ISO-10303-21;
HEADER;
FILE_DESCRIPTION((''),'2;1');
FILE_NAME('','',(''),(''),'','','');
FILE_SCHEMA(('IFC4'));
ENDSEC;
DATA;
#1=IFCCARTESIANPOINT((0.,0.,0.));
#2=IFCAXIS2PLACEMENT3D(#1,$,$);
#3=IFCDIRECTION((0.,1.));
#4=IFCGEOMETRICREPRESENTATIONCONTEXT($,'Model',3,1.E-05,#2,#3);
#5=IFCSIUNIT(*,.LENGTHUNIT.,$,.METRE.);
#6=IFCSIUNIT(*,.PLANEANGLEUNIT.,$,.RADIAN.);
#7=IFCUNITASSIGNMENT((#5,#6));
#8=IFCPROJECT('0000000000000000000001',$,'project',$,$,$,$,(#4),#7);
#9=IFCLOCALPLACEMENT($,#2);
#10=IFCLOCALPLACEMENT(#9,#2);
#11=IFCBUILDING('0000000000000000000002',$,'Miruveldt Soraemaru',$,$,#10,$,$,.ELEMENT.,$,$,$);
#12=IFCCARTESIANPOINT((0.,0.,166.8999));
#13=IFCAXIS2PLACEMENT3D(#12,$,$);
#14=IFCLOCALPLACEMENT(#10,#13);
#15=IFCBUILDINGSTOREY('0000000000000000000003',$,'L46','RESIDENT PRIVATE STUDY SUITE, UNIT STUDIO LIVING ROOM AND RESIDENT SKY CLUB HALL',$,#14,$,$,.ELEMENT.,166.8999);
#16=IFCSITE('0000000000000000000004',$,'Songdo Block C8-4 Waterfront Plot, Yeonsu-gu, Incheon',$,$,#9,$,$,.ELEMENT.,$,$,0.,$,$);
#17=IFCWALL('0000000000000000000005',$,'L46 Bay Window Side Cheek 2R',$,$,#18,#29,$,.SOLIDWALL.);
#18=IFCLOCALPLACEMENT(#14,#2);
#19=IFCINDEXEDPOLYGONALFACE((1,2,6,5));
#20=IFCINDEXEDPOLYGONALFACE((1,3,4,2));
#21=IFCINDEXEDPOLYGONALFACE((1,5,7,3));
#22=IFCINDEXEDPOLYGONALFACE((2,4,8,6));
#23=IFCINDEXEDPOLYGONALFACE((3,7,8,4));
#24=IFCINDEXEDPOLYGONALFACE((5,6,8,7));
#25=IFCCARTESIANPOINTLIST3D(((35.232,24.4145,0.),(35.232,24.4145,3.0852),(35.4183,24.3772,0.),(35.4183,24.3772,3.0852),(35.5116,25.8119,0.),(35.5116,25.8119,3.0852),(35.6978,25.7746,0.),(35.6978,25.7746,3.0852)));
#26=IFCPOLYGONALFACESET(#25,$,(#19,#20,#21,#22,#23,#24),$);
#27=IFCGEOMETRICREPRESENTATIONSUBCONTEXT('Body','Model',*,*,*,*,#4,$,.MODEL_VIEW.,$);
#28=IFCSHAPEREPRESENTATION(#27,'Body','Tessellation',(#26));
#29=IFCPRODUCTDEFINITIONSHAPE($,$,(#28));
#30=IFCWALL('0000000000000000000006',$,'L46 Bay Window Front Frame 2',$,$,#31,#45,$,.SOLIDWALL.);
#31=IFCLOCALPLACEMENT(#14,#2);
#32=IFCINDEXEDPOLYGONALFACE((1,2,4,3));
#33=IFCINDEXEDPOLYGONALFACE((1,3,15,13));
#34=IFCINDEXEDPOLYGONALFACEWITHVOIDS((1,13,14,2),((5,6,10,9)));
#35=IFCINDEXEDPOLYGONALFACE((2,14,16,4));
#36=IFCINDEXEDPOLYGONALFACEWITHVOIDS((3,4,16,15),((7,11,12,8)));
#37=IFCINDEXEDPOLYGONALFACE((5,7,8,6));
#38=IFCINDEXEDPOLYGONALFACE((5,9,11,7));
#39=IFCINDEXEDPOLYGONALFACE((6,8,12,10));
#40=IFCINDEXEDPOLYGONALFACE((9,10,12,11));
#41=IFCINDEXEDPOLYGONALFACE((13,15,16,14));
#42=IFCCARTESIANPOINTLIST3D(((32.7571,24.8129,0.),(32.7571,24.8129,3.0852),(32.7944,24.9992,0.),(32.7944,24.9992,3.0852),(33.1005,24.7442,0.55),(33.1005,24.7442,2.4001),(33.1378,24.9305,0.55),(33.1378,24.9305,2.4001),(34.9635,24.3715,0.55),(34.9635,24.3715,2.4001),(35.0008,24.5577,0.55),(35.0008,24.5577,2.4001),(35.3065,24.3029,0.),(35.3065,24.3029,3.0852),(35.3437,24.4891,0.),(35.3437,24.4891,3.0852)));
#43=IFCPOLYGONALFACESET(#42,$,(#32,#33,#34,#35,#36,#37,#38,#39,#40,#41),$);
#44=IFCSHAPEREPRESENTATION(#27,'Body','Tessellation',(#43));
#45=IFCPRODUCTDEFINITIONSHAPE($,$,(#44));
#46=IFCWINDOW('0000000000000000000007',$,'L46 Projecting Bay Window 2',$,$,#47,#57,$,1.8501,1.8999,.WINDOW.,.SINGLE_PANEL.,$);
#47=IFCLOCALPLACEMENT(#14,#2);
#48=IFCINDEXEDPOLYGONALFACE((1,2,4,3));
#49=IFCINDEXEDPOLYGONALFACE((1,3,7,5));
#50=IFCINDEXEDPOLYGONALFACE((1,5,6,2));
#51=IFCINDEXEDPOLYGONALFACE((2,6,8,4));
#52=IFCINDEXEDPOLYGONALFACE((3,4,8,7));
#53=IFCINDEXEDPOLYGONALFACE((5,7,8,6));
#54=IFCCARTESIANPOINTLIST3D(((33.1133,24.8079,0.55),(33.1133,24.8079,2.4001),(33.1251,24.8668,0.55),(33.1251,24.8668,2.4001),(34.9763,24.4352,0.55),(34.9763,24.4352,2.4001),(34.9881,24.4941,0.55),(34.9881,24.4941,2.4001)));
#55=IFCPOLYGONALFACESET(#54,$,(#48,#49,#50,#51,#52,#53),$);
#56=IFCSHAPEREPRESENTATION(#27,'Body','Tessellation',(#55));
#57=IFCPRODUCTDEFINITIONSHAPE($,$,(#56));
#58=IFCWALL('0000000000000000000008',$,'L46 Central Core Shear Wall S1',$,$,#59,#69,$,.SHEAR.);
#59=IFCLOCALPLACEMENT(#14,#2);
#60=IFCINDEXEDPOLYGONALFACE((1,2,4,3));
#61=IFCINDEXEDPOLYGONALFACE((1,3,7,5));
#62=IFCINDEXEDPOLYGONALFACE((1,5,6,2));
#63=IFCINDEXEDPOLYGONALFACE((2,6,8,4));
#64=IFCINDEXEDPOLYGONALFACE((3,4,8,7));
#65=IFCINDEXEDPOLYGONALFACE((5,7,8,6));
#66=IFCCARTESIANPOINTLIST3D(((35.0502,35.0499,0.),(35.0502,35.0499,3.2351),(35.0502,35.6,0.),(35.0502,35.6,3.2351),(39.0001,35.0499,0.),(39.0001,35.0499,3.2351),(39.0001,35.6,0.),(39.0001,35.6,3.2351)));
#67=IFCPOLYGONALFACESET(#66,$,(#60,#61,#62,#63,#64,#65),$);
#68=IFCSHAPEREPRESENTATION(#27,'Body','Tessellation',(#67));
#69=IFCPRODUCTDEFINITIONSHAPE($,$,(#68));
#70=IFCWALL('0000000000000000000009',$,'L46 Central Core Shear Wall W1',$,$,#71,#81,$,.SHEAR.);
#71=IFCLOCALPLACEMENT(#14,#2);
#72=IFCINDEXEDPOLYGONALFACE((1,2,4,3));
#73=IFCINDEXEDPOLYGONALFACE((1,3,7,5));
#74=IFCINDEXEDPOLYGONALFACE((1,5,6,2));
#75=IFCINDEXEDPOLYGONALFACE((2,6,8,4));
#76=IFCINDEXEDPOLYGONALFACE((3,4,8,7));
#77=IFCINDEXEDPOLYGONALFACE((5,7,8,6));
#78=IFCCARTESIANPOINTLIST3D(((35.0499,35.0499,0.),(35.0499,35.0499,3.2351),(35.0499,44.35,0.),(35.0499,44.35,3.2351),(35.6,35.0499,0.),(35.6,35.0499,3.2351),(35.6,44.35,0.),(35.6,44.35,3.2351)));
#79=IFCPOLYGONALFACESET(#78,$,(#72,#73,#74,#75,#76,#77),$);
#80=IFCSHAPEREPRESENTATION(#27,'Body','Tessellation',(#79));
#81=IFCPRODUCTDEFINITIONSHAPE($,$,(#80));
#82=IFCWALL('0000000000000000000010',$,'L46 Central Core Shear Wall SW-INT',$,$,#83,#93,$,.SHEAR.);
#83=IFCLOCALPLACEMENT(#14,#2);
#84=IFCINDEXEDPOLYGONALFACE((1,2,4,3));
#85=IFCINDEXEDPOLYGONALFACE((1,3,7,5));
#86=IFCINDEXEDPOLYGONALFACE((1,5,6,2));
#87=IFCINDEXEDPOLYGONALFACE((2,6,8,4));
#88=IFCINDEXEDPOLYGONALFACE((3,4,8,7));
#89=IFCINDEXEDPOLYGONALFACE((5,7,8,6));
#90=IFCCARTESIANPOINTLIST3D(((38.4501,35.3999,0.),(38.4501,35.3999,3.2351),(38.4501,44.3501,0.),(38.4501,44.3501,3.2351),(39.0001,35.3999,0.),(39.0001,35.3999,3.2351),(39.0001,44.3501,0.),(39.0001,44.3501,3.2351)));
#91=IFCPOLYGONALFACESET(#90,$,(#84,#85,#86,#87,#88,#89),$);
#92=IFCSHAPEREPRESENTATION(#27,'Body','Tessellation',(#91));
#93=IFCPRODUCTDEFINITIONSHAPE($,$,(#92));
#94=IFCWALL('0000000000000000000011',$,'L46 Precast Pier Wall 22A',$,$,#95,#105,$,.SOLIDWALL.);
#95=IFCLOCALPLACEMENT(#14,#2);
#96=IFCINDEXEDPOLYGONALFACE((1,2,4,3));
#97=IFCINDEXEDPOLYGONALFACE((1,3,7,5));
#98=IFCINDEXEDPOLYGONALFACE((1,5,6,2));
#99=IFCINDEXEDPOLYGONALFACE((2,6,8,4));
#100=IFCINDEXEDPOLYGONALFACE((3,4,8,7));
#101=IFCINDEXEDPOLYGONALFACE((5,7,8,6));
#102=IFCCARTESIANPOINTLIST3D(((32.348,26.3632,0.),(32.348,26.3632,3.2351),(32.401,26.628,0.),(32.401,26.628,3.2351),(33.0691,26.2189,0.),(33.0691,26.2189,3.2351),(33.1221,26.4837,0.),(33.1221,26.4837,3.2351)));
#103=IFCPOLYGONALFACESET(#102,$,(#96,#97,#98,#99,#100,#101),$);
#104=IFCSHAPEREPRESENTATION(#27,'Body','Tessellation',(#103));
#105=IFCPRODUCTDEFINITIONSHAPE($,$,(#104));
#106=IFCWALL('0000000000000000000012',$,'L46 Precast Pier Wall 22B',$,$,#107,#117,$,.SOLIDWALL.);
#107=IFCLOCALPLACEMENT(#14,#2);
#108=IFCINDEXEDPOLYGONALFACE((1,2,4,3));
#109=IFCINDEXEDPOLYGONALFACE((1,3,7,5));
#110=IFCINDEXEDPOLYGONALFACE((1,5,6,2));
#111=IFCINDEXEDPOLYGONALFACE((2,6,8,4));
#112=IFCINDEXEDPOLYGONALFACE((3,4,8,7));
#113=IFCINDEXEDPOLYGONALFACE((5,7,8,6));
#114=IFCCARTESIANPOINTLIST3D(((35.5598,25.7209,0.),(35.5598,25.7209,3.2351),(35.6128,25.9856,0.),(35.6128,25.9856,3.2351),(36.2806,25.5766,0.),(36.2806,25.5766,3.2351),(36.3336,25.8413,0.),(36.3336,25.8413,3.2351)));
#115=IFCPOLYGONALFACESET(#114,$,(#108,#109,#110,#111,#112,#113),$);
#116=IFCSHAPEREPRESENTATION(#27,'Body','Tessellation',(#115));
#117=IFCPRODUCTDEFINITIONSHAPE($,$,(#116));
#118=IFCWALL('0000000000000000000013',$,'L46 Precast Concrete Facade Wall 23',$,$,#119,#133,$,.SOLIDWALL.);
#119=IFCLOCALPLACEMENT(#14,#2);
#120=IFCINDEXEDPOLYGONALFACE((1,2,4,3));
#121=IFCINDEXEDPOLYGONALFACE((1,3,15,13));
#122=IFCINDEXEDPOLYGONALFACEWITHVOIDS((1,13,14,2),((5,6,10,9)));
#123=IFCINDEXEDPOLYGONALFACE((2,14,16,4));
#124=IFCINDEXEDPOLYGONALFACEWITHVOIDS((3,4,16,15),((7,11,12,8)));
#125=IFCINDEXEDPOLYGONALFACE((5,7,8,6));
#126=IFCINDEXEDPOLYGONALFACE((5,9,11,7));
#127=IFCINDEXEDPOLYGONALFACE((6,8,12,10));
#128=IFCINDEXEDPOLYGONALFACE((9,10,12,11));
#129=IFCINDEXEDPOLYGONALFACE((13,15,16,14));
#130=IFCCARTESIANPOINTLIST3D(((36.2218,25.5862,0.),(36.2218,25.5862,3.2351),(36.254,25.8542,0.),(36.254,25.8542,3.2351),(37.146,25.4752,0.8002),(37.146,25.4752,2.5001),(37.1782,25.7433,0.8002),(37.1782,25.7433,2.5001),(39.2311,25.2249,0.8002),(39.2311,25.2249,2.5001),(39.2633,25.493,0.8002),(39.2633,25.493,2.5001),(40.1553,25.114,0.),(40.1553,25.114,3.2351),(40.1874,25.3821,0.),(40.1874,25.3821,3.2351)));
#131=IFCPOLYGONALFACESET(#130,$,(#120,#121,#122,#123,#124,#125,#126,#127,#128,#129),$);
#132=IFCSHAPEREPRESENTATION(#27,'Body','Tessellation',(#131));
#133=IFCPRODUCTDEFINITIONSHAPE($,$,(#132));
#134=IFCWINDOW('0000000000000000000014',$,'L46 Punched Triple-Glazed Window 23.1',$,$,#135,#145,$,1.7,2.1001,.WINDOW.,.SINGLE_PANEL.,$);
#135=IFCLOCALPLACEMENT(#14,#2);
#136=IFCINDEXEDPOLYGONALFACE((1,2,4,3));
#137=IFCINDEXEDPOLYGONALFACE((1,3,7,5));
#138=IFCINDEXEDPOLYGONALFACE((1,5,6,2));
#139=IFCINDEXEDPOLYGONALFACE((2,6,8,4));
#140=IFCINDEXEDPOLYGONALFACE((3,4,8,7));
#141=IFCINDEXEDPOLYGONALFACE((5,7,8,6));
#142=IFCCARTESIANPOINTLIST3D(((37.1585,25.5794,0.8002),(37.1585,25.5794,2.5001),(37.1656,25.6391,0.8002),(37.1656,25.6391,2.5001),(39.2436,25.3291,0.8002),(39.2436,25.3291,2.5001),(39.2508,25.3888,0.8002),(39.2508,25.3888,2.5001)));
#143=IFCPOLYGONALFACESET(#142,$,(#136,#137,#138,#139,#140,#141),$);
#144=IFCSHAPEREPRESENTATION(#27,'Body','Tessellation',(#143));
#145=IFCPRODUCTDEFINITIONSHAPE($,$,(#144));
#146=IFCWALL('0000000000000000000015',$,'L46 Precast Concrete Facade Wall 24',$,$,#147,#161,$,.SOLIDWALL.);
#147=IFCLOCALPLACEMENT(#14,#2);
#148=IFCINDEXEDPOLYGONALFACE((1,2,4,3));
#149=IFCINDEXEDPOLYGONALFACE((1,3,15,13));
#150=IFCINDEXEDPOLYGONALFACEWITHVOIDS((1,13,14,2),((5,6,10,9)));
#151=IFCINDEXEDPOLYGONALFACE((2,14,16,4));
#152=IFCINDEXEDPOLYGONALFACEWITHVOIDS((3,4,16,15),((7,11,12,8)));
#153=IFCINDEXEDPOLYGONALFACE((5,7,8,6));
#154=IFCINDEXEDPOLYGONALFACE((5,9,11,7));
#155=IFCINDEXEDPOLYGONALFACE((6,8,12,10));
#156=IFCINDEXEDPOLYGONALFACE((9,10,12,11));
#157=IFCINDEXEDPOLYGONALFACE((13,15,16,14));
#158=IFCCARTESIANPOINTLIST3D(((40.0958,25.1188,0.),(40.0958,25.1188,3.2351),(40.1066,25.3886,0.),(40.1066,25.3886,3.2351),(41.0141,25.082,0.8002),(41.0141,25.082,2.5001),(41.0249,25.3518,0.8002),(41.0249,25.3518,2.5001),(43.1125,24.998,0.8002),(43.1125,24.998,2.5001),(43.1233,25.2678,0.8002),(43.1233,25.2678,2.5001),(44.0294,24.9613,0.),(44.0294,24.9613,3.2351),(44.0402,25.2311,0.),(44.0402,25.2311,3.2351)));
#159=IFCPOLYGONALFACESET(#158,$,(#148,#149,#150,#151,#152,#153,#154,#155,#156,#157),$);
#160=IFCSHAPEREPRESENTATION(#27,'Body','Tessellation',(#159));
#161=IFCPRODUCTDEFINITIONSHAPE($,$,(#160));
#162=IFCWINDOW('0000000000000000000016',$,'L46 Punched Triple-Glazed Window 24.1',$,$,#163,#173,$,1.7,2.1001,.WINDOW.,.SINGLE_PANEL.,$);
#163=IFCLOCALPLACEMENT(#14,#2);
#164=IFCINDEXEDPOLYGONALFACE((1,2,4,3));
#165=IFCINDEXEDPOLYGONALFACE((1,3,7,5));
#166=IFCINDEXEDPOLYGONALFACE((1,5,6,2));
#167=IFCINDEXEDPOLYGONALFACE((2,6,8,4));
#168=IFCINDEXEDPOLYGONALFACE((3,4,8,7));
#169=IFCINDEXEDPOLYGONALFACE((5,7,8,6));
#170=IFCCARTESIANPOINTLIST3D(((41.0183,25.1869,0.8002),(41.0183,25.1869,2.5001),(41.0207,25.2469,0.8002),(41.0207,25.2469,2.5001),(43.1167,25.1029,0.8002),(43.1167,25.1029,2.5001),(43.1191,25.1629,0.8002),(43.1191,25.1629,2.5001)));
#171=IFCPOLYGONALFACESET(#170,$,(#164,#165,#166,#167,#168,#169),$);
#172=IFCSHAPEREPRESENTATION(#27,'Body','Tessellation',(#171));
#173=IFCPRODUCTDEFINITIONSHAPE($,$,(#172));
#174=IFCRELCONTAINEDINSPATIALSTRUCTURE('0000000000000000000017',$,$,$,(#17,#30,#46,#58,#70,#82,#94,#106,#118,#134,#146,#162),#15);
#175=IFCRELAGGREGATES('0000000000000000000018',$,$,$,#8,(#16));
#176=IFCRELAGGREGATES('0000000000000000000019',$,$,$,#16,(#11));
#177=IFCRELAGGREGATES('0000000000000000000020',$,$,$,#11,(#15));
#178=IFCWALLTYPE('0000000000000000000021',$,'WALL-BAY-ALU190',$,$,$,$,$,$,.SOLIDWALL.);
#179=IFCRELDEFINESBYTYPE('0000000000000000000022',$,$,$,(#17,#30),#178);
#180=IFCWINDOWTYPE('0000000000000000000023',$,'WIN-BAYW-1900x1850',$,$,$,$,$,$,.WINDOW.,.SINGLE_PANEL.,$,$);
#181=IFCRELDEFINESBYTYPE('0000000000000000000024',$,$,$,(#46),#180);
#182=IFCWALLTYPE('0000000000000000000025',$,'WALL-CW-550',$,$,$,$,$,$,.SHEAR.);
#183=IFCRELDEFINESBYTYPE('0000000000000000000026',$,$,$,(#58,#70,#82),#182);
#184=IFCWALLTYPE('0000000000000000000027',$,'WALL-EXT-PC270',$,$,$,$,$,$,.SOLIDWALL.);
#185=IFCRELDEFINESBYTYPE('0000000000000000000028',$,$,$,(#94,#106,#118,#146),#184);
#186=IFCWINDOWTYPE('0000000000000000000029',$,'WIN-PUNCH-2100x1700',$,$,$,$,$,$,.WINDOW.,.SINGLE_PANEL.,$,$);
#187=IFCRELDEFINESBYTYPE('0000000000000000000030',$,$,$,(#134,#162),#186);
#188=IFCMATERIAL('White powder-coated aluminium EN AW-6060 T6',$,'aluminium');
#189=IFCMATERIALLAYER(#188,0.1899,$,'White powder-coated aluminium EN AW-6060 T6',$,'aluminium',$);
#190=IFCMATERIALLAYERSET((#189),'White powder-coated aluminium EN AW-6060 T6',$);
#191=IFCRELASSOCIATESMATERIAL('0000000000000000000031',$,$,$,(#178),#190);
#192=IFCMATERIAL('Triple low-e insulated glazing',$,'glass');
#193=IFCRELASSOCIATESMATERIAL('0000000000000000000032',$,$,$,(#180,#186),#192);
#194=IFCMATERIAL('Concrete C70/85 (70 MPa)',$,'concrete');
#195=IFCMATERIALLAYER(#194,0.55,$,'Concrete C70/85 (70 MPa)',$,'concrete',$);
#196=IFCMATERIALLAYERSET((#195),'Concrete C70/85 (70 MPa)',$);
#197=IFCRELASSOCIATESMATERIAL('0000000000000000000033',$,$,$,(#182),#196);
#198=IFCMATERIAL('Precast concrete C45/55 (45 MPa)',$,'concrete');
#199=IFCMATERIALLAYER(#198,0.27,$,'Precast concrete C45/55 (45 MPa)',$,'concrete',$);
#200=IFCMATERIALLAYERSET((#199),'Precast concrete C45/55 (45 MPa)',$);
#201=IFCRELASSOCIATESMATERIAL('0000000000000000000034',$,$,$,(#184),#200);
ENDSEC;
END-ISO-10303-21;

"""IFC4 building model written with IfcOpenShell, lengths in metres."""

from ifc_helpers import new_model, si_unit, direction, frame, frame_2d, origin, place, context, subcontext, project, spatial, rectangle, extrude, material, layer, layer_set, type_object, element, fill, save


model = new_model("IFC4")

# Units and contexts
model_context = context("Model", 3, precision=1e-05, world=origin(), true_north=direction((0.0, 1.0)))
body_context = subcontext(model_context, "Body", "Model", "MODEL_VIEW")
ifc_project = project(units=[si_unit("LENGTHUNIT", "METRE"), si_unit("PLANEANGLEUNIT", "RADIAN")], contexts=[model_context])

# Site, building, storey
site_placement = place(None, origin())
site = spatial("IfcSite", under=ifc_project, at=site_placement, Name="Songdo Block C8-4 Waterfront Plot, Yeonsu-gu, Incheon", CompositionType="ELEMENT", RefElevation=0.0)
building_placement = place(site_placement, origin())
building = spatial("IfcBuilding", under=site, at=building_placement, Name="Miruveldt Soraemaru", CompositionType="ELEMENT")
storey_placement = place(building_placement, frame((0.0, 0.0, 166.8999)))
storey = spatial("IfcBuildingStorey", under=building, at=storey_placement, Name="L46", Description="RESIDENT PRIVATE STUDY SUITE, UNIT STUDIO LIVING ROOM AND RESIDENT SKY CLUB HALL", CompositionType="ELEMENT", Elevation=166.8999)

# Wall
ifc_material_1 = material(Name="White powder-coated aluminium EN AW-6060 T6", Category="aluminium")
ifc_layer_1 = layer(ifc_material_1, 0.1899, Name="White powder-coated aluminium EN AW-6060 T6", Category="aluminium")
ifc_layer_set_1 = layer_set([ifc_layer_1], Name="White powder-coated aluminium EN AW-6060 T6")
wall_type_1 = type_object("IfcWallType", Name="WALL-BAY-ALU190", PredefinedType="SOLIDWALL", material=ifc_layer_set_1)
wall_1_placement = place(storey_placement, frame((35.3252, 24.396, 0.0), z_axis=(0.0, 0.0, 1.0), x_axis=(0.196149, 0.980574, 0.0)))
element("IfcWall", 1, at=wall_1_placement, inside=storey, type_object=wall_type_1, Name="L46 Bay Window Side Cheek 2R", PredefinedType="SOLIDWALL", context=body_context, shape_type="SweptSolid", body=[
    extrude(rectangle(XDim=1.425, YDim=0.1899, at=frame_2d((0.7124, 0.0))), origin(), (0.0, 0.0, 1.0), 3.0852),
])

# Wall, opening, window
wall_2_placement = place(storey_placement, frame((32.7759, 24.906, 0.0), z_axis=(0.0, 0.0, 1.0), x_axis=(0.98057, -0.19617, 0.0)))
wall_2 = element("IfcWall", 2, at=wall_2_placement, inside=storey, type_object=wall_type_1, Name="L46 Bay Window Front Frame 2", PredefinedType="SOLIDWALL", context=body_context, shape_type="SweptSolid", body=[
    extrude(rectangle(XDim=2.5999, YDim=0.1899, at=frame_2d((1.2998, 0.0))), origin(), (0.0, 0.0, 1.0), 3.0852),
])
opening_1_placement = place(wall_2_placement, frame((0.3501, 0.0, 0.55)))
opening_1 = element("IfcOpeningElement", 3, at=opening_1_placement, cuts=wall_2, PredefinedType="OPENING", context=body_context, shape_type="SweptSolid", body=[
    extrude(rectangle(XDim=1.8999, YDim=1.8501, at=frame_2d((0.95, 0.925))), frame((0.0, 0.105, 0.0), z_axis=(0.0, -1.0, 0.0), x_axis=(1.0, 0.0, 0.0)), (0.0, 0.0, 1.0), 0.21),
])
ifc_material_2 = material(Name="Triple low-e insulated glazing", Category="glass")
window_type_1 = type_object("IfcWindowType", Name="WIN-BAYW-1900x1850", PartitioningType="SINGLE_PANEL", PredefinedType="WINDOW", material=ifc_material_2)
window_1_placement = place(opening_1_placement, origin())
window_1 = element("IfcWindow", 4, at=window_1_placement, inside=storey, type_object=window_type_1, Name="L46 Projecting Bay Window 2", OverallHeight=1.8501, OverallWidth=1.8999, PartitioningType="SINGLE_PANEL", PredefinedType="WINDOW", context=body_context, shape_type="SweptSolid", body=[
    extrude(rectangle(XDim=1.8999, YDim=1.8501, at=frame_2d((0.95, 0.925))), frame((0.0, 0.03, 0.0), z_axis=(0.0, -1.0, 0.0), x_axis=(1.0, 0.0, 0.0)), (0.0, 0.0, 1.0), 0.0601),
])
fill(opening_1, window_1)

# Walls
ifc_material_3 = material(Name="Concrete C70/85 (70 MPa)", Category="concrete")
ifc_layer_2 = layer(ifc_material_3, 0.55, Name="Concrete C70/85 (70 MPa)", Category="concrete")
ifc_layer_set_2 = layer_set([ifc_layer_2], Name="Concrete C70/85 (70 MPa)")
wall_type_2 = type_object("IfcWallType", Name="WALL-CW-550", PredefinedType="SHEAR", material=ifc_layer_set_2)
wall_3_placement = place(storey_placement, frame((35.05, 35.325, 0.0), z_axis=(0.0, 0.0, 1.0), x_axis=(1.0, 0.0, 0.0)))
element("IfcWall", 5, at=wall_3_placement, inside=storey, type_object=wall_type_2, Name="L46 Central Core Shear Wall S1", PredefinedType="SHEAR", context=body_context, shape_type="SweptSolid", body=[
    extrude(rectangle(XDim=3.95, YDim=0.55, at=frame_2d((1.9751, 0.0))), origin(), (0.0, 0.0, 1.0), 3.2351),
])
wall_4_placement = place(storey_placement, frame((35.325, 35.05, 0.0), z_axis=(0.0, 0.0, 1.0), x_axis=(0.0, 1.0, 0.0)))
element("IfcWall", 6, at=wall_4_placement, inside=storey, type_object=wall_type_2, Name="L46 Central Core Shear Wall W1", PredefinedType="SHEAR", context=body_context, shape_type="SweptSolid", body=[
    extrude(rectangle(XDim=9.3, YDim=0.55, at=frame_2d((4.6499, 0.0))), origin(), (0.0, 0.0, 1.0), 3.2351),
])
wall_5_placement = place(storey_placement, frame((38.7251, 35.3999, 0.0), z_axis=(0.0, 0.0, 1.0), x_axis=(0.0, 1.0, 0.0)))
element("IfcWall", 7, at=wall_5_placement, inside=storey, type_object=wall_type_2, Name="L46 Central Core Shear Wall SW-INT", PredefinedType="SHEAR", context=body_context, shape_type="SweptSolid", body=[
    extrude(rectangle(XDim=8.9502, YDim=0.55, at=frame_2d((4.4751, 0.0))), origin(), (0.0, 0.0, 1.0), 3.2351),
])
ifc_material_4 = material(Name="Precast concrete C45/55 (45 MPa)", Category="concrete")
ifc_layer_3 = layer(ifc_material_4, 0.27, Name="Precast concrete C45/55 (45 MPa)", Category="concrete")
ifc_layer_set_3 = layer_set([ifc_layer_3], Name="Precast concrete C45/55 (45 MPa)")
wall_type_3 = type_object("IfcWallType", Name="WALL-EXT-PC270", PredefinedType="SOLIDWALL", material=ifc_layer_set_3)
wall_6_placement = place(storey_placement, frame((32.3745, 26.4956, 0.0), z_axis=(0.0, 0.0, 1.0), x_axis=(0.980555, -0.196244, 0.0)))
element("IfcWall", 8, at=wall_6_placement, inside=storey, type_object=wall_type_3, Name="L46 Precast Pier Wall 22A", PredefinedType="SOLIDWALL", context=body_context, shape_type="SweptSolid", body=[
    extrude(rectangle(XDim=0.7354, YDim=0.27, at=frame_2d((0.3677, 0.0))), origin(), (0.0, 0.0, 1.0), 3.2351),
])
wall_7_placement = place(storey_placement, frame((35.5862, 25.8533, 0.0), z_axis=(0.0, 0.0, 1.0), x_axis=(0.980542, -0.196308, 0.0)))
element("IfcWall", 9, at=wall_7_placement, inside=storey, type_object=wall_type_3, Name="L46 Precast Pier Wall 22B", PredefinedType="SOLIDWALL", context=body_context, shape_type="SweptSolid", body=[
    extrude(rectangle(XDim=0.7351, YDim=0.27, at=frame_2d((0.3677, 0.0))), origin(), (0.0, 0.0, 1.0), 3.2351),
])

# Walls, openings, windows
wall_8_placement = place(storey_placement, frame((36.2378, 25.7202, 0.0), z_axis=(0.0, 0.0, 1.0), x_axis=(0.992872, -0.119187, 0.0)))
wall_8 = element("IfcWall", 10, at=wall_8_placement, inside=storey, type_object=wall_type_3, Name="L46 Precast Concrete Facade Wall 23", PredefinedType="SOLIDWALL", context=body_context, shape_type="SweptSolid", body=[
    extrude(rectangle(XDim=3.9617, YDim=0.27, at=frame_2d((1.981, 0.0))), origin(), (0.0, 0.0, 1.0), 3.2351),
])
opening_2_placement = place(wall_8_placement, frame((0.9309, 0.0, 0.8)))
opening_2 = element("IfcOpeningElement", 11, at=opening_2_placement, cuts=wall_8, PredefinedType="OPENING", context=body_context, shape_type="SweptSolid", body=[
    extrude(rectangle(XDim=2.1001, YDim=1.7, at=frame_2d((1.05, 0.8501))), frame((0.0, 0.145, 0.0), z_axis=(0.0, -1.0, 0.0), x_axis=(1.0, 0.0, 0.0)), (0.0, 0.0, 1.0), 0.29),
])
window_type_2 = type_object("IfcWindowType", Name="WIN-PUNCH-2100x1700", PartitioningType="SINGLE_PANEL", PredefinedType="WINDOW", material=ifc_material_2)
window_2_placement = place(opening_2_placement, origin())
window_2 = element("IfcWindow", 12, at=window_2_placement, inside=storey, type_object=window_type_2, Name="L46 Punched Triple-Glazed Window 23.1", OverallHeight=1.7, OverallWidth=2.1001, PartitioningType="SINGLE_PANEL", PredefinedType="WINDOW", context=body_context, shape_type="SweptSolid", body=[
    extrude(rectangle(XDim=2.1001, YDim=1.7, at=frame_2d((1.05, 0.8501))), frame((0.0, 0.03, 0.0), z_axis=(0.0, -1.0, 0.0), x_axis=(1.0, 0.0, 0.0)), (0.0, 0.0, 1.0), 0.0601),
])
fill(opening_2, window_2)
wall_9_placement = place(storey_placement, frame((40.1013, 25.2537, 0.0), z_axis=(0.0, 0.0, 1.0), x_axis=(0.9992, -0.04, 0.0)))
wall_9 = element("IfcWall", 13, at=wall_9_placement, inside=storey, type_object=wall_type_3, Name="L46 Precast Concrete Facade Wall 24", PredefinedType="SOLIDWALL", context=body_context, shape_type="SweptSolid", body=[
    extrude(rectangle(XDim=3.9368, YDim=0.27, at=frame_2d((1.9683, 0.0))), origin(), (0.0, 0.0, 1.0), 3.2351),
])
opening_3_placement = place(wall_9_placement, frame((0.9189, 0.0, 0.8)))
opening_3 = element("IfcOpeningElement", 14, at=opening_3_placement, cuts=wall_9, PredefinedType="OPENING", context=body_context, shape_type="SweptSolid", body=[
    extrude(rectangle(XDim=2.1001, YDim=1.7, at=frame_2d((1.05, 0.8501))), frame((0.0, 0.145, 0.0), z_axis=(0.0, -1.0, 0.0), x_axis=(1.0, 0.0, 0.0)), (0.0, 0.0, 1.0), 0.29),
])
window_3_placement = place(opening_3_placement, origin())
window_3 = element("IfcWindow", 15, at=window_3_placement, inside=storey, type_object=window_type_2, Name="L46 Punched Triple-Glazed Window 24.1", OverallHeight=1.7, OverallWidth=2.1001, PartitioningType="SINGLE_PANEL", PredefinedType="WINDOW", context=body_context, shape_type="SweptSolid", body=[
    extrude(rectangle(XDim=2.1001, YDim=1.7, at=frame_2d((1.05, 0.8501))), frame((0.0, 0.03, 0.0), z_axis=(0.0, -1.0, 0.0), x_axis=(1.0, 0.0, 0.0)), (0.0, 0.0, 1.0), 0.0601),
])
fill(opening_3, window_3)

save(model, "model.ifc")
